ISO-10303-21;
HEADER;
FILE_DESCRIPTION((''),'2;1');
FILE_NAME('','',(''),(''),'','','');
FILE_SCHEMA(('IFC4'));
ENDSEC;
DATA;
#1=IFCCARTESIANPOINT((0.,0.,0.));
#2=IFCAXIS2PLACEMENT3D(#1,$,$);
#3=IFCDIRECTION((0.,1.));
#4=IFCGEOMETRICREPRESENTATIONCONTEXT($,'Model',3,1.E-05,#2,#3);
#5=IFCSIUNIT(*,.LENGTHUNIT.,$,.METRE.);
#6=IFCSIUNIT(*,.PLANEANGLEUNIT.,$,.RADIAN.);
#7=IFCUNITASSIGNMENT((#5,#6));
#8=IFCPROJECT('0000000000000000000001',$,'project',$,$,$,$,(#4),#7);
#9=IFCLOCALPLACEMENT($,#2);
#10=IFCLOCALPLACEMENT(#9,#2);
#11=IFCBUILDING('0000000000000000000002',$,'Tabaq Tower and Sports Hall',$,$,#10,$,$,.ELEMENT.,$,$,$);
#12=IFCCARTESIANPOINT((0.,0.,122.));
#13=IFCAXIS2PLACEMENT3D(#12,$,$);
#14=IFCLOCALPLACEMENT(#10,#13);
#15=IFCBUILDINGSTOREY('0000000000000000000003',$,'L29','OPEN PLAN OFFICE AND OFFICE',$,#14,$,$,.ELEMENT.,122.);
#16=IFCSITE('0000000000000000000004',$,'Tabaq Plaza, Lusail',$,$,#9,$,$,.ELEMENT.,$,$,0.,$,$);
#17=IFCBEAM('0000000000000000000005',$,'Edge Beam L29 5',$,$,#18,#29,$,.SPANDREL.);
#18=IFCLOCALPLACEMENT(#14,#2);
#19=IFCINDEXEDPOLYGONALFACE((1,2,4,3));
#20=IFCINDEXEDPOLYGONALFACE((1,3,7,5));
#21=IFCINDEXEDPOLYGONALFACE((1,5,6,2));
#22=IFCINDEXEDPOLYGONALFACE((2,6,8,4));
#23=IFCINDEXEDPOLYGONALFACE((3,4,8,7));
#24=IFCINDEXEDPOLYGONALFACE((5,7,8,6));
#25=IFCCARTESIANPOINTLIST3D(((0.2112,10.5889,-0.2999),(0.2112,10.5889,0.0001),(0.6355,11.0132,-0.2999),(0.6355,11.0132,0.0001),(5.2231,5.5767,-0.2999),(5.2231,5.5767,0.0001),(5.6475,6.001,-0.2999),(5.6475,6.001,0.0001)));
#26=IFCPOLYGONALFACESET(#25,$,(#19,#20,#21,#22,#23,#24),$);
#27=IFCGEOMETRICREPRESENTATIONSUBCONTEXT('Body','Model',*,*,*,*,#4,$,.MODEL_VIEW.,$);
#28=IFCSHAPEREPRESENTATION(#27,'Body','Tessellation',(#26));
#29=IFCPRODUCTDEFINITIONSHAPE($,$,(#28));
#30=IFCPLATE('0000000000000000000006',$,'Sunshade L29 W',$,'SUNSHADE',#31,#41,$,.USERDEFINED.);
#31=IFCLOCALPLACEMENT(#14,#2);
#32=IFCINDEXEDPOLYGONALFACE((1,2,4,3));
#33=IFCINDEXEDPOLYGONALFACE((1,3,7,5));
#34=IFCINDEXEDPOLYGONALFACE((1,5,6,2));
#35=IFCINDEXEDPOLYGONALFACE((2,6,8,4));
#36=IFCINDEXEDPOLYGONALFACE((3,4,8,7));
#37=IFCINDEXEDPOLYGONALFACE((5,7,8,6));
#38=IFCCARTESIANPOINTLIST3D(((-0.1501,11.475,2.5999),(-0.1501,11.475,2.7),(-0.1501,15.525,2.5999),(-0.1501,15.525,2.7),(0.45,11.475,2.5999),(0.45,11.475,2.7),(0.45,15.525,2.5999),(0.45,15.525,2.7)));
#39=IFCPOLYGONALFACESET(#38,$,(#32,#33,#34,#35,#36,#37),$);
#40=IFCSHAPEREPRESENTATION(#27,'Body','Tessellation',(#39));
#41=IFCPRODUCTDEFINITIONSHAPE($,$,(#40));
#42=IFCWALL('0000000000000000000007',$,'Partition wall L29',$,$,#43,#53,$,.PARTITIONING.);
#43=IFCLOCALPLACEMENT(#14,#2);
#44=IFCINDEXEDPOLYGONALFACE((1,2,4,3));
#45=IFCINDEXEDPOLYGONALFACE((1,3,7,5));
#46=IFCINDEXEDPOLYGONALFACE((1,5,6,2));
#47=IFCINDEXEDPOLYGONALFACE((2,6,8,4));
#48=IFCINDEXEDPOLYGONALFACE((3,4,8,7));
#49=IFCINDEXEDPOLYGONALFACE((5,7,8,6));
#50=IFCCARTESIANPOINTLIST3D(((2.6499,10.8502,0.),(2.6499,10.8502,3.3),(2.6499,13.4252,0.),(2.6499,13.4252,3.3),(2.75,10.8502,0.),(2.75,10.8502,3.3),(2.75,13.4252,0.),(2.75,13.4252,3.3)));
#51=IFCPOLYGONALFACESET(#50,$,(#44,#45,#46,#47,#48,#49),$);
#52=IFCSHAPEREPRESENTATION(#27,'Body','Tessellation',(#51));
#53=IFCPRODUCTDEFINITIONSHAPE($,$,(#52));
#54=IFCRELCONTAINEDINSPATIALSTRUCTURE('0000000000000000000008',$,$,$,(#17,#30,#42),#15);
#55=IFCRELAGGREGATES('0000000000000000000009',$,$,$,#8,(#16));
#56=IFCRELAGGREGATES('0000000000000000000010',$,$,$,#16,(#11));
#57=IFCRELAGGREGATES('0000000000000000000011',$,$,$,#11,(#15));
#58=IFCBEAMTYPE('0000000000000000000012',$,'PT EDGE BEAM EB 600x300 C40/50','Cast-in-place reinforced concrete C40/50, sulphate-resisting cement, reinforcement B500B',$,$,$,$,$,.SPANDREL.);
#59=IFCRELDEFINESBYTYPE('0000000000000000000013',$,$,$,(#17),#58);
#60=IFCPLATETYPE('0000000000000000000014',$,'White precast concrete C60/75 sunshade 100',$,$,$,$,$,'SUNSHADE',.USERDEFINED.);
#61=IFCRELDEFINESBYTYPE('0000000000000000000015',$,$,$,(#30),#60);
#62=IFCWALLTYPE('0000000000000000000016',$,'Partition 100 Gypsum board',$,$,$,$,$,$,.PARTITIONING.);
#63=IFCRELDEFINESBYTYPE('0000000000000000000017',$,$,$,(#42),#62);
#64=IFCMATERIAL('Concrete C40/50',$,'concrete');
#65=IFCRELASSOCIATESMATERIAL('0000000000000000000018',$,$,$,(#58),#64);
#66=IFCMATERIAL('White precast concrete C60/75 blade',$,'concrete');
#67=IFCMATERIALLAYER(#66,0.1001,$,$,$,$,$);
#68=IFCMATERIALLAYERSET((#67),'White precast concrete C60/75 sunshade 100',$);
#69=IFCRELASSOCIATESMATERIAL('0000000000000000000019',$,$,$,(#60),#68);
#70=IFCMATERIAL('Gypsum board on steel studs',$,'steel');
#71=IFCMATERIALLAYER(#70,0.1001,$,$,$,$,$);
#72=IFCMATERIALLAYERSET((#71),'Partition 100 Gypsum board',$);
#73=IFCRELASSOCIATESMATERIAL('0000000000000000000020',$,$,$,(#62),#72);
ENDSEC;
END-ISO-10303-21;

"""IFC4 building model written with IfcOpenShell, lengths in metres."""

from ifc_helpers import new_model, si_unit, direction, frame, frame_2d, origin, origin_2d, place, context, subcontext, project, spatial, rectangle, extrude, material, layer, layer_set, material_profile, profile_set, type_object, element, save


model = new_model("IFC4")

# Units and contexts
model_context = context("Model", 3, precision=1e-05, world=origin(), true_north=direction((0.0, 1.0)))
body_context = subcontext(model_context, "Body", "Model", "MODEL_VIEW")
ifc_project = project(units=[si_unit("LENGTHUNIT", "METRE"), si_unit("PLANEANGLEUNIT", "RADIAN")], contexts=[model_context])

# Site, building, storey
site_placement = place(None, origin())
site = spatial("IfcSite", under=ifc_project, at=site_placement, Name="Tabaq Plaza, Lusail", CompositionType="ELEMENT", RefElevation=0.0)
building_placement = place(site_placement, origin())
building = spatial("IfcBuilding", under=site, at=building_placement, Name="Tabaq Tower and Sports Hall", CompositionType="ELEMENT")
storey_placement = place(building_placement, frame((0.0, 0.0, 122.0)))
storey = spatial("IfcBuildingStorey", under=building, at=storey_placement, Name="L29", Description="OPEN PLAN OFFICE AND OFFICE", CompositionType="ELEMENT", Elevation=122.0)

# Beam
ifc_material_1 = material(Name="Concrete C40/50", Category="concrete")
ifc_material_profile = material_profile(ifc_material_1, rectangle(XDim=0.6001, YDim=0.3, at=origin_2d()), Name="EB 600x300")
ifc_profile_set = profile_set([ifc_material_profile], Name="Concrete C40/50")
beam_type = type_object("IfcBeamType", Name="PT EDGE BEAM EB 600x300 C40/50", Description="Cast-in-place reinforced concrete C40/50, sulphate-resisting cement, reinforcement B500B", PredefinedType="SPANDREL", material=ifc_profile_set)
beam_placement = place(storey_placement, frame((0.4233, 10.801, -0.1499), z_axis=(0.70709, -0.707124, 0.0), x_axis=(0.707124, 0.70709, 0.0)))
element("IfcBeam", 1, at=beam_placement, inside=storey, type_object=beam_type, Name="Edge Beam L29 5", PredefinedType="SPANDREL", context=body_context, shape_type="SweptSolid", body=[
    extrude(rectangle(XDim=0.6001, YDim=0.3, at=origin_2d()), origin(), (0.0, 0.0, 1.0), 7.0881),
])

# Plate
ifc_material_2 = material(Name="White precast concrete C60/75 blade", Category="concrete")
ifc_layer_1 = layer(ifc_material_2, 0.1001)
ifc_layer_set_1 = layer_set([ifc_layer_1], Name="White precast concrete C60/75 sunshade 100")
plate_type = type_object("IfcPlateType", Name="White precast concrete C60/75 sunshade 100", ElementType="SUNSHADE", PredefinedType="USERDEFINED", material=ifc_layer_set_1)
plate_placement = place(storey_placement, frame((0.1499, 13.5, 2.5999), z_axis=(0.0, 0.0, 1.0), x_axis=(0.0, -1.0, 0.0)))
element("IfcPlate", 2, at=plate_placement, inside=storey, type_object=plate_type, Name="Sunshade L29 W", ObjectType="SUNSHADE", PredefinedType="USERDEFINED", context=body_context, shape_type="SweptSolid", body=[
    extrude(rectangle(XDim=4.05, YDim=0.6001, at=origin_2d()), origin(), (0.0, 0.0, 1.0), 0.1001),
])

# Wall
ifc_material_3 = material(Name="Gypsum board on steel studs", Category="steel")
ifc_layer_2 = layer(ifc_material_3, 0.1001)
ifc_layer_set_2 = layer_set([ifc_layer_2], Name="Partition 100 Gypsum board")
wall_type_1 = type_object("IfcWallType", Name="Partition 100 Gypsum board", PredefinedType="PARTITIONING", material=ifc_layer_set_2)
wall_1_placement = place(storey_placement, frame((2.7, 10.8501, 0.0), z_axis=(0.0, 0.0, 1.0), x_axis=(0.0, 1.0, 0.0)))
element("IfcWall", 3, at=wall_1_placement, inside=storey, type_object=wall_type_1, Name="Partition wall L29", PredefinedType="PARTITIONING", context=body_context, shape_type="SweptSolid", body=[
    extrude(rectangle(XDim=2.575, YDim=0.1001, at=frame_2d((1.2876, 0.0))), origin(), (0.0, 0.0, 1.0), 3.3),
])

save(model, "model.ifc")
